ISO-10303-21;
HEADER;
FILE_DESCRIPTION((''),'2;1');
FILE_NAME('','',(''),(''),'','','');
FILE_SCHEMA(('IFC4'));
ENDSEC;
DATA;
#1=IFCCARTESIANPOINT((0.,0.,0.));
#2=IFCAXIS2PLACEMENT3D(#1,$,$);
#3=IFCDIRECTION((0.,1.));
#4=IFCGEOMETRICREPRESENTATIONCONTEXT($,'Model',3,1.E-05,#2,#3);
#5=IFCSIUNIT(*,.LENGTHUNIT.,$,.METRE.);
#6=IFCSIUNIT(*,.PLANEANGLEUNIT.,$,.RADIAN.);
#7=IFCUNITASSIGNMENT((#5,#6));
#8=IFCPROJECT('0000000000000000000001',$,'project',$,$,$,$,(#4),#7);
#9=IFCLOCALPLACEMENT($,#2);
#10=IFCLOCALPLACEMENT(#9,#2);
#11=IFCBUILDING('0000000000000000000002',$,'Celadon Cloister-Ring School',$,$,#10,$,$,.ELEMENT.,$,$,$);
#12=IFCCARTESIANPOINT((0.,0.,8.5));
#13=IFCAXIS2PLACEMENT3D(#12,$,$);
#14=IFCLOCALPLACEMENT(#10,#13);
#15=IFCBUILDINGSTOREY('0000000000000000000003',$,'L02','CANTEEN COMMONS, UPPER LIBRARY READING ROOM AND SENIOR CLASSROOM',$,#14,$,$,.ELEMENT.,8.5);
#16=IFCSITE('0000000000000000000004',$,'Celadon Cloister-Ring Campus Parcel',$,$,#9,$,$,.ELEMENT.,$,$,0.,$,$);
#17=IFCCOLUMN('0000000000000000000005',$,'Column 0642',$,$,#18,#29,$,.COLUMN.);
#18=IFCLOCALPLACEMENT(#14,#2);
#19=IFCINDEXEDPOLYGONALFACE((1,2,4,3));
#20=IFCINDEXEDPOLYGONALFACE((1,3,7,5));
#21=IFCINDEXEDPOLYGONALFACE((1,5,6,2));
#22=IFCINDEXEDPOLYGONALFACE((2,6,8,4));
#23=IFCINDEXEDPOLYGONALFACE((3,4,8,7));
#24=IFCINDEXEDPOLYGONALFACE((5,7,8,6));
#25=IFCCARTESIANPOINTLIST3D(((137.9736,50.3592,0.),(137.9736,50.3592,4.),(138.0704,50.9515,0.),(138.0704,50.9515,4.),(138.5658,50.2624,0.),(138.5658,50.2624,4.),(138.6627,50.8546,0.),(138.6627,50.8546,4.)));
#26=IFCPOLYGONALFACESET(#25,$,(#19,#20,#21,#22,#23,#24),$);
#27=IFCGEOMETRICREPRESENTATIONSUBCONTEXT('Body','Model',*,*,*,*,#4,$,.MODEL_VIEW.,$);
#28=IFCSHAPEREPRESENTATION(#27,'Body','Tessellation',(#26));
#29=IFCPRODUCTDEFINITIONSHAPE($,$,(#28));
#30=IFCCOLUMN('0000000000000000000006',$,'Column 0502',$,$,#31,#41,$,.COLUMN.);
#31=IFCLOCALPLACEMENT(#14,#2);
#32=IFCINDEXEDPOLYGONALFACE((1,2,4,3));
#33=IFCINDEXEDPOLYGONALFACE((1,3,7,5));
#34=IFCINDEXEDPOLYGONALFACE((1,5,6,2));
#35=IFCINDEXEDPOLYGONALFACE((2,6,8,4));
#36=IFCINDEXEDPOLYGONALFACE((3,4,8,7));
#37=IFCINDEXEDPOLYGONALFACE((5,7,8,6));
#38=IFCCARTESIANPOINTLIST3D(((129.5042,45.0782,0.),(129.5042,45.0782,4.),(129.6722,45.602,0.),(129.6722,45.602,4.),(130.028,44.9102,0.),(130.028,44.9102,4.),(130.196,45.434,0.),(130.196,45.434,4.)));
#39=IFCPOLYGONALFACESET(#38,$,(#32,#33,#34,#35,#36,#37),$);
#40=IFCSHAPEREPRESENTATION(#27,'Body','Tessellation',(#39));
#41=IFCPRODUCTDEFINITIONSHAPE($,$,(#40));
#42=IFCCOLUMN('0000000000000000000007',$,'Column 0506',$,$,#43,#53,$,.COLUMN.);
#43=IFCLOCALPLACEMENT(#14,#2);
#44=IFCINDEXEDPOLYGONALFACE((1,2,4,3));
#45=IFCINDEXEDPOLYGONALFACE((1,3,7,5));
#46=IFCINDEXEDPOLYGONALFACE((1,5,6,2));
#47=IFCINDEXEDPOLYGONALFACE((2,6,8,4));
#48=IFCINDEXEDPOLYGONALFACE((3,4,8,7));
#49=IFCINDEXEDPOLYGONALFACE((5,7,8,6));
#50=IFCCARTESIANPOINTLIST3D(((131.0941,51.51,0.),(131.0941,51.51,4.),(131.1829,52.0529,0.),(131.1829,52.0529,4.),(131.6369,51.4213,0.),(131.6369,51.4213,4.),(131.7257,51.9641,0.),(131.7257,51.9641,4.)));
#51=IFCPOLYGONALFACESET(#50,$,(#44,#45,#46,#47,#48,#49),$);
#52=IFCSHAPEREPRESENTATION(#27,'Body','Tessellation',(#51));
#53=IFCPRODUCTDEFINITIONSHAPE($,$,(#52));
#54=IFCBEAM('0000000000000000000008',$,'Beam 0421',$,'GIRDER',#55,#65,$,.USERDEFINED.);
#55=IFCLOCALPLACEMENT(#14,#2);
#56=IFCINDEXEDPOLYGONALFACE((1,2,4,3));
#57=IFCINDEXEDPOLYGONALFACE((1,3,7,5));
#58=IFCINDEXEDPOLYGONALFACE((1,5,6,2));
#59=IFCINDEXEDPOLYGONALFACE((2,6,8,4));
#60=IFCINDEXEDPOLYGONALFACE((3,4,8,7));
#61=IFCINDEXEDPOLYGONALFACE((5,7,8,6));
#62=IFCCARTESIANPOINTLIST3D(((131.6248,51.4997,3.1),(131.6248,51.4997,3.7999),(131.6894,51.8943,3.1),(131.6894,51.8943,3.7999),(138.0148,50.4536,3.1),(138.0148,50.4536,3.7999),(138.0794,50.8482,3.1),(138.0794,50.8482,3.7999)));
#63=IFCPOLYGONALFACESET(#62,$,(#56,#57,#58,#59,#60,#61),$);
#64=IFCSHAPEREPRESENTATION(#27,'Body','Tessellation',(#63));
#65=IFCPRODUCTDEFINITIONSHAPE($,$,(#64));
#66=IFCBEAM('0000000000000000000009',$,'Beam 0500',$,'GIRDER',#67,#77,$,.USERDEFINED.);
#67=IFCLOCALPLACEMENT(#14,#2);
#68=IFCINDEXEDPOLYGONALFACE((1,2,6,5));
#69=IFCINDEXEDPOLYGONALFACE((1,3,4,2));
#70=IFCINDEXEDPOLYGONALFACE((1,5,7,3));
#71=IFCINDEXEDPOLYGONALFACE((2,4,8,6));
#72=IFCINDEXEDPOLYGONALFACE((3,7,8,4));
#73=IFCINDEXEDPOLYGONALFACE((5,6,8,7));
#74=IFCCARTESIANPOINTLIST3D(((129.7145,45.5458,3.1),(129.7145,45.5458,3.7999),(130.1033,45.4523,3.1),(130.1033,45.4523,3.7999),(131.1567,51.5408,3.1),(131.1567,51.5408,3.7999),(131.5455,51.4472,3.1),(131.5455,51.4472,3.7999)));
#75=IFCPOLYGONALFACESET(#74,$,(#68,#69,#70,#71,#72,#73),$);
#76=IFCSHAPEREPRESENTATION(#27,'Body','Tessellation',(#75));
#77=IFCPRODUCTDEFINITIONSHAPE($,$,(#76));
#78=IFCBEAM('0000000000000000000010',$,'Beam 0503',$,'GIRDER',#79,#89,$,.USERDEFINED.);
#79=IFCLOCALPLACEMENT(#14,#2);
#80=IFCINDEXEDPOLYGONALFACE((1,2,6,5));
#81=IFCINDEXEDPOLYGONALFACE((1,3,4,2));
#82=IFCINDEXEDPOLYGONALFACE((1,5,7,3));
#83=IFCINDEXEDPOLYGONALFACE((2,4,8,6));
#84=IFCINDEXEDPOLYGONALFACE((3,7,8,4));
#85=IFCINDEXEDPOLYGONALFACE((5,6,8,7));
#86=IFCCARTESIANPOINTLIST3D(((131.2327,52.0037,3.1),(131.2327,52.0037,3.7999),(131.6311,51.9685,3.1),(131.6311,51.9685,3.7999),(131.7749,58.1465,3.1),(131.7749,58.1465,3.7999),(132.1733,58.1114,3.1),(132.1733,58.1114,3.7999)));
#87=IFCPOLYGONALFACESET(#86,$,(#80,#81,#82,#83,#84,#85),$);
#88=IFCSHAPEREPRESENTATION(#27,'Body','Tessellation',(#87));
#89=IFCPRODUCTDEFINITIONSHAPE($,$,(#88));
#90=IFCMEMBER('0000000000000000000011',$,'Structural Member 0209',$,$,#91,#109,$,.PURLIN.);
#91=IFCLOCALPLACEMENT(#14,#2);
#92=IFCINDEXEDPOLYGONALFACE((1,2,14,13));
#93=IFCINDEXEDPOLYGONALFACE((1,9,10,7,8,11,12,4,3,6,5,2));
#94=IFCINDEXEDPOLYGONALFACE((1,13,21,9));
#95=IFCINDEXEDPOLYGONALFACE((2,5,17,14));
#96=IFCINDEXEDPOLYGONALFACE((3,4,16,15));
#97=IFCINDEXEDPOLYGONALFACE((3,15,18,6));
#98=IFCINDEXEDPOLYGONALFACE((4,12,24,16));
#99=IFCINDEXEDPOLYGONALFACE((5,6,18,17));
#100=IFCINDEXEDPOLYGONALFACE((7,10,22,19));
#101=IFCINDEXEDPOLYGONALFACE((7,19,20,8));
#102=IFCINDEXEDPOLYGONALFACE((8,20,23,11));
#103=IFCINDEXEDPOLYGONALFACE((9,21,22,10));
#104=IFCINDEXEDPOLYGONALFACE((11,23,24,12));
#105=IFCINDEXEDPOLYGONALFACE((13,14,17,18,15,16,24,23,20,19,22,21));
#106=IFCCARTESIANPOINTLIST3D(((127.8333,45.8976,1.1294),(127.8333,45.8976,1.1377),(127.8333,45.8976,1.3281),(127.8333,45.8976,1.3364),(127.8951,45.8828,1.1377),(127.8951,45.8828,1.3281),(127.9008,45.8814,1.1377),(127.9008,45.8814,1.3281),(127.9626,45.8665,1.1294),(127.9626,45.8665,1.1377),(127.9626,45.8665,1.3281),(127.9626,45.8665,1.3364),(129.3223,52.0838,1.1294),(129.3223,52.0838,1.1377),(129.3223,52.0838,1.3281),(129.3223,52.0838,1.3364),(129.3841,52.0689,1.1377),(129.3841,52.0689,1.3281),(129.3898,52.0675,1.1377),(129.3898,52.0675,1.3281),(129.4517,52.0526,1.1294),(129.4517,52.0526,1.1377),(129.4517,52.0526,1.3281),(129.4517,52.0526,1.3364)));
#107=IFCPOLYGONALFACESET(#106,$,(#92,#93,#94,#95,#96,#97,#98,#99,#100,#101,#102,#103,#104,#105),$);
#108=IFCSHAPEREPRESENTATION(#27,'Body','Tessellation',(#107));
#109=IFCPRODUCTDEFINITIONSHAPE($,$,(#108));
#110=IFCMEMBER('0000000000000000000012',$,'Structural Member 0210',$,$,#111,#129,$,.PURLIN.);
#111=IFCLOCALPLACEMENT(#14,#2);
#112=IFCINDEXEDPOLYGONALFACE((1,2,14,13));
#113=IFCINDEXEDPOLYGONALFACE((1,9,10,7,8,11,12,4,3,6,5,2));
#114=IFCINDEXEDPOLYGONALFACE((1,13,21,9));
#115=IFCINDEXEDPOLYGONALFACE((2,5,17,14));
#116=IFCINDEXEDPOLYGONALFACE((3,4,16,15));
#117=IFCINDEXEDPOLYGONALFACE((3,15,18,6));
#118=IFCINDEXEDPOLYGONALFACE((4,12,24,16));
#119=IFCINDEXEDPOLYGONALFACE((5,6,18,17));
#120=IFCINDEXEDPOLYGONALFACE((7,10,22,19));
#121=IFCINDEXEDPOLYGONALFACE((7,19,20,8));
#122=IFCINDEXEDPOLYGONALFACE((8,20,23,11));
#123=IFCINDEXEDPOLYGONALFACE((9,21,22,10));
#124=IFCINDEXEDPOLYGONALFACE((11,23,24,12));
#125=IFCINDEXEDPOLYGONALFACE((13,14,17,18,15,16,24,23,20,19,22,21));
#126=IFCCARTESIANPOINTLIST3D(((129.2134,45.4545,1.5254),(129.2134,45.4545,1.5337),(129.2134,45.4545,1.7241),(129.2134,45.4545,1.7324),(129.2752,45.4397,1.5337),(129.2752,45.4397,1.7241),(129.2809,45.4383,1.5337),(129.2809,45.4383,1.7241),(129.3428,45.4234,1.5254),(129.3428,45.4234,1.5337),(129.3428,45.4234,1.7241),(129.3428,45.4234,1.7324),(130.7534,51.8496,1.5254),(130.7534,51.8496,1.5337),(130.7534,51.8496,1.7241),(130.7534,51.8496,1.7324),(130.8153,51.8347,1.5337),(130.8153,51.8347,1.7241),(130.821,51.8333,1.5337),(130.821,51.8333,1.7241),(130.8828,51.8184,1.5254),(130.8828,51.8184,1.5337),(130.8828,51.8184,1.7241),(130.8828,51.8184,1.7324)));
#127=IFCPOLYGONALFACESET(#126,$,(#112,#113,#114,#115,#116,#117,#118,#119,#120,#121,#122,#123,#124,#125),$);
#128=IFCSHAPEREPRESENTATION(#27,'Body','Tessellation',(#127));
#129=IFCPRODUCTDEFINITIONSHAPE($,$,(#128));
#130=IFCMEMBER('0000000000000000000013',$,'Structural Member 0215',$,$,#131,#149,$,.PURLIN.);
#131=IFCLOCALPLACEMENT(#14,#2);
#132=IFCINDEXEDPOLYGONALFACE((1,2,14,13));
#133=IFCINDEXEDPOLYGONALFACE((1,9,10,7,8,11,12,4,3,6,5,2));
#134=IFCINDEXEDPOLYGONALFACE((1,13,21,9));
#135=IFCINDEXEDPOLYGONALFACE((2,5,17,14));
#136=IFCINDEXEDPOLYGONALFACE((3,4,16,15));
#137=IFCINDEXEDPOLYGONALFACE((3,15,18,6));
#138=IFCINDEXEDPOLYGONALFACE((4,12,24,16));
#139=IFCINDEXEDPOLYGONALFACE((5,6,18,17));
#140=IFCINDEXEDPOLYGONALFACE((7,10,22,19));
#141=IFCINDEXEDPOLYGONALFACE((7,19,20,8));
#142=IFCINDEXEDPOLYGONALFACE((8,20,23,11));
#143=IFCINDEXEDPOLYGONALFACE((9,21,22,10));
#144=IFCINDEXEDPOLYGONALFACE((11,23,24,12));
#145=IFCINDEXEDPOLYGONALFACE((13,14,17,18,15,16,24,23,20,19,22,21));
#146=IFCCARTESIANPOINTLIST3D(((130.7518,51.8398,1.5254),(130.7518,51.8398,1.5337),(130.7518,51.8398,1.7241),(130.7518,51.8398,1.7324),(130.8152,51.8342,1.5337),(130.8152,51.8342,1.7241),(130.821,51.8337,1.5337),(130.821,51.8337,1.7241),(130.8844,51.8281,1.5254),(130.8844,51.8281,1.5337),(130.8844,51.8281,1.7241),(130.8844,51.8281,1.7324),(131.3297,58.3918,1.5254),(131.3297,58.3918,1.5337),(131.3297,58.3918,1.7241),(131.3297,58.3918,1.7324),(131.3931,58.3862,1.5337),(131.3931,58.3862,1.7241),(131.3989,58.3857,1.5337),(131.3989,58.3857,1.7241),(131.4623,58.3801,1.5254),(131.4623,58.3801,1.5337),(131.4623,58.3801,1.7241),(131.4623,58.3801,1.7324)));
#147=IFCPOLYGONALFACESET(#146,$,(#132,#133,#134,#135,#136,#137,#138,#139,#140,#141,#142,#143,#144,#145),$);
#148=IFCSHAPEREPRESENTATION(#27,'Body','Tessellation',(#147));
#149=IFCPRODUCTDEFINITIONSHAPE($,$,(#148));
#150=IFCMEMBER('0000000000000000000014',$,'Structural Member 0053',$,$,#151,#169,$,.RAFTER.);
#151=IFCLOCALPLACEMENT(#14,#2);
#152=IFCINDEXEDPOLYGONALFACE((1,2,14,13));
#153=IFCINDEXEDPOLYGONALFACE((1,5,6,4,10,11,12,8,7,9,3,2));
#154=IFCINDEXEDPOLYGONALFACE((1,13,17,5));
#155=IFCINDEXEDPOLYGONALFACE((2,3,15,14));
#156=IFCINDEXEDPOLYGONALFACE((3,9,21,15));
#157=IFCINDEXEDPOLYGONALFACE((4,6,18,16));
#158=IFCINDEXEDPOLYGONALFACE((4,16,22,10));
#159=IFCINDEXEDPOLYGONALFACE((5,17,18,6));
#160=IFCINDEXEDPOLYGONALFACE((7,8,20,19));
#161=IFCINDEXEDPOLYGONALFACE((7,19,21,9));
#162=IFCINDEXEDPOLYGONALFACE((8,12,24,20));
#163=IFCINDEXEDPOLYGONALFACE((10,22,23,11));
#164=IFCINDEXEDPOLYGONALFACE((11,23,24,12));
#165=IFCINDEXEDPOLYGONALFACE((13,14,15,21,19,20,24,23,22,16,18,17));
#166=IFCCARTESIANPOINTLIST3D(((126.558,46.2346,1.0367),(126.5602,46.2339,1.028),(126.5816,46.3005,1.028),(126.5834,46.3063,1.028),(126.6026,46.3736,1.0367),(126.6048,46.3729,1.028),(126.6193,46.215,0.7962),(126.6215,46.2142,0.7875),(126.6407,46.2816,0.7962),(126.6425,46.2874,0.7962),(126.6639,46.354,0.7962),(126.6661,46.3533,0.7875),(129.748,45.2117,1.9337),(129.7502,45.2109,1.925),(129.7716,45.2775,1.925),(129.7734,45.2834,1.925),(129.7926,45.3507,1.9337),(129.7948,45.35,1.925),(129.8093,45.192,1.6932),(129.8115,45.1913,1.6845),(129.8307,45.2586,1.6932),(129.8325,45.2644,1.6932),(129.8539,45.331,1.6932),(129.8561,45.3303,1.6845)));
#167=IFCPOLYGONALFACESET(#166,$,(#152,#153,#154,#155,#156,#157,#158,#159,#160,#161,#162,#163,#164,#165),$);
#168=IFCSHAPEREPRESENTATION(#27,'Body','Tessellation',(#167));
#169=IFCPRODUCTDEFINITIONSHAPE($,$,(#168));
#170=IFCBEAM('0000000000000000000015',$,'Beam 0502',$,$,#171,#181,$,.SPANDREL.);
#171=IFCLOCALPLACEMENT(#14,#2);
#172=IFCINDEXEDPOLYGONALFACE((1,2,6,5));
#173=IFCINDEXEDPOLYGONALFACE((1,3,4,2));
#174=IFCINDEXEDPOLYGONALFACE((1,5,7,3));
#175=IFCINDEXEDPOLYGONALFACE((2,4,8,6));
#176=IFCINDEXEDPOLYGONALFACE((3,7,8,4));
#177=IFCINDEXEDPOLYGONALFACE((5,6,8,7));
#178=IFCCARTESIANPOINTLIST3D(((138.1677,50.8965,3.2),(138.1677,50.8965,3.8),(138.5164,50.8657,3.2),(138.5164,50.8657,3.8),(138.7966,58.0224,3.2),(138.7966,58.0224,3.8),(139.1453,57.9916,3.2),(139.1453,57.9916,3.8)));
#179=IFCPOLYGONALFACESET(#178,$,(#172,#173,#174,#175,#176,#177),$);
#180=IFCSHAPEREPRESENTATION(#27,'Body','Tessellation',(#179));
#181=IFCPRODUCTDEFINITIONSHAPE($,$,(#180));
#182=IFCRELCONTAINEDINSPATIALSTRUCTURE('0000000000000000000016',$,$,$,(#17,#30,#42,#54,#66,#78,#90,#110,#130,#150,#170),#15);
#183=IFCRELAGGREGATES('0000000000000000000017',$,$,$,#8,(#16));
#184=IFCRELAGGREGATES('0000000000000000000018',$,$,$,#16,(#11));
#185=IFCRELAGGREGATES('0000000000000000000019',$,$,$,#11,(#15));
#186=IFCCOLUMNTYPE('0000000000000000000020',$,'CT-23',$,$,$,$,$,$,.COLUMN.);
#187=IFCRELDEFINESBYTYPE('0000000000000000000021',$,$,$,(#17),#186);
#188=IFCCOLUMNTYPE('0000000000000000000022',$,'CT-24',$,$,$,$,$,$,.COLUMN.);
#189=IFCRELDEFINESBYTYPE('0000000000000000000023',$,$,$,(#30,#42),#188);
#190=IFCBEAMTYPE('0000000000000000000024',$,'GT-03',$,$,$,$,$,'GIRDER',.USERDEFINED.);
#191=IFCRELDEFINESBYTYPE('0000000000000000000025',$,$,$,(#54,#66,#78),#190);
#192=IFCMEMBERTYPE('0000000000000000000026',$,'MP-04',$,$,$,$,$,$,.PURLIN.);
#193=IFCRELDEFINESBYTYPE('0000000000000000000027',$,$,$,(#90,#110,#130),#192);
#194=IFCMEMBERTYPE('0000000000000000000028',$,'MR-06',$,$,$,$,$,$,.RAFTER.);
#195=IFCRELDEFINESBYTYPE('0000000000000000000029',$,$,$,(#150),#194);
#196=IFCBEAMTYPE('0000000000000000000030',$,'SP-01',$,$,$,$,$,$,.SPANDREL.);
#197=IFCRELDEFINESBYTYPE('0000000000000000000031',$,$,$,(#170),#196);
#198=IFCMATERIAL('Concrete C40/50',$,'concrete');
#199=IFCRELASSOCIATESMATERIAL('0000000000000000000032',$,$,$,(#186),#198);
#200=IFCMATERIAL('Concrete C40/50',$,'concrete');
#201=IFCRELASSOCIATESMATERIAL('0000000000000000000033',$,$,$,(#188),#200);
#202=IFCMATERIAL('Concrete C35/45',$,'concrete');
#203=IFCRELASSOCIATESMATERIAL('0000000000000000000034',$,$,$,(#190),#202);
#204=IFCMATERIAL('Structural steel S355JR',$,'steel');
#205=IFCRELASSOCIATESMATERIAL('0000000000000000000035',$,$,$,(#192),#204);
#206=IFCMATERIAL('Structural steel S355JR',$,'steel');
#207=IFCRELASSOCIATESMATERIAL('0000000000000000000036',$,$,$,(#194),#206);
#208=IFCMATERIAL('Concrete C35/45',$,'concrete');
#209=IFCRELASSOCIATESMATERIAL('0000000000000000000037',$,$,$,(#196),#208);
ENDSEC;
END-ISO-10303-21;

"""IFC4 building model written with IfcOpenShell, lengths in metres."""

from ifc_helpers import new_model, si_unit, direction, frame, origin, origin_2d, place, context, subcontext, project, spatial, rectangle, i_section, extrude, material, material_profile, profile_set, type_object, element, save


model = new_model("IFC4")

# Units and contexts
model_context = context("Model", 3, precision=1e-05, world=origin(), true_north=direction((0.0, 1.0)))
body_context = subcontext(model_context, "Body", "Model", "MODEL_VIEW")
ifc_project = project(units=[si_unit("LENGTHUNIT", "METRE"), si_unit("PLANEANGLEUNIT", "RADIAN")], contexts=[model_context])

# Site, building, storey
site_placement = place(None, origin())
site = spatial("IfcSite", under=ifc_project, at=site_placement, Name="Celadon Cloister-Ring Campus Parcel", CompositionType="ELEMENT", RefElevation=0.0)
building_placement = place(site_placement, origin())
building = spatial("IfcBuilding", under=site, at=building_placement, Name="Celadon Cloister-Ring School", CompositionType="ELEMENT")
storey_placement = place(building_placement, frame((0.0, 0.0, 8.5)))
storey = spatial("IfcBuildingStorey", under=building, at=storey_placement, Name="L02", Description="CANTEEN COMMONS, UPPER LIBRARY READING ROOM AND SENIOR CLASSROOM", CompositionType="ELEMENT", Elevation=8.5)

# Columns
ifc_material_1 = material(Name="Concrete C40/50", Category="concrete")
ifc_material_profile_1 = material_profile(ifc_material_1, rectangle(XDim=0.6001, YDim=0.6001, at=origin_2d()), Name="RC600X600")
ifc_profile_set_1 = profile_set([ifc_material_profile_1], Name="Concrete C40/50")
column_type_1 = type_object("IfcColumnType", Name="CT-23", PredefinedType="COLUMN", material=ifc_profile_set_1)
column_placement = place(storey_placement, frame((138.3181, 50.6069, 0.0), z_axis=(0.0, 0.0, 1.0), x_axis=(0.98689, -0.161397, 0.0)))
element("IfcColumn", 1, at=column_placement, inside=storey, type_object=column_type_1, Name="Column 0642", PredefinedType="COLUMN", context=body_context, shape_type="SweptSolid", body=[
    extrude(rectangle(XDim=0.6001, YDim=0.6001, at=origin_2d()), origin(), (0.0, 0.0, 1.0), 4.0),
])
ifc_material_2 = material(Name="Concrete C40/50", Category="concrete")
ifc_material_profile_2 = material_profile(ifc_material_2, rectangle(XDim=0.55, YDim=0.55, at=origin_2d()), Name="RC550X550")
ifc_profile_set_2 = profile_set([ifc_material_profile_2], Name="Concrete C40/50")
column_type_2 = type_object("IfcColumnType", Name="CT-24", PredefinedType="COLUMN", material=ifc_profile_set_2)
for number, where, z_axis, x_axis, name in (
    (2, (129.8501, 45.2561, 0.0), (0.0, 0.0, 1.0), (0.952215, -0.305429, 0.0), "Column 0502"),
    (3, (131.4099, 51.7371, 0.0), (0.0, 0.0, 1.0), (0.98689, -0.161397, 0.0), "Column 0506"),
):
    element("IfcColumn", number, at=place(storey_placement, frame(where, z_axis=z_axis, x_axis=x_axis)), inside=storey, type_object=column_type_2, Name=name, PredefinedType="COLUMN", context=body_context, shape_type="SweptSolid", body=[
        extrude(rectangle(XDim=0.55, YDim=0.55, at=origin_2d()), origin(), (0.0, 0.0, 1.0), 4.0),
    ])

# Beams
ifc_material_3 = material(Name="Concrete C35/45", Category="concrete")
ifc_material_profile_3 = material_profile(ifc_material_3, rectangle(XDim=0.3999, YDim=0.7, at=origin_2d()), Name="RC400X700")
ifc_profile_set_3 = profile_set([ifc_material_profile_3], Name="Concrete C35/45")
beam_type_1 = type_object("IfcBeamType", Name="GT-03", ElementType="GIRDER", PredefinedType="USERDEFINED", material=ifc_profile_set_3)
beam_1_placement = place(storey_placement, frame((138.0471, 50.6509, 3.45), z_axis=(-0.986863, 0.161561, 0.0), x_axis=(-0.161561, -0.986863, 0.0)))
element("IfcBeam", 4, at=beam_1_placement, inside=storey, type_object=beam_type_1, Name="Beam 0421", ObjectType="GIRDER", PredefinedType="USERDEFINED", context=body_context, shape_type="SweptSolid", body=[
    extrude(rectangle(XDim=0.3999, YDim=0.7, at=origin_2d()), origin(), (0.0, 0.0, 1.0), 6.4751),
])
beam_2_placement = place(storey_placement, frame((129.9089, 45.499, 3.45), z_axis=(0.23389, 0.972263, 0.0), x_axis=(-0.972263, 0.23389, 0.0)))
element("IfcBeam", 5, at=beam_2_placement, inside=storey, type_object=beam_type_1, Name="Beam 0500", ObjectType="GIRDER", PredefinedType="USERDEFINED", context=body_context, shape_type="SweptSolid", body=[
    extrude(rectangle(XDim=0.3999, YDim=0.7, at=origin_2d()), origin(), (0.0, 0.0, 1.0), 6.166),
])
beam_3_placement = place(storey_placement, frame((131.4319, 51.9861, 3.45), z_axis=(0.08793, 0.996127, 0.0), x_axis=(-0.996127, 0.08793, 0.0)))
element("IfcBeam", 6, at=beam_3_placement, inside=storey, type_object=beam_type_1, Name="Beam 0503", ObjectType="GIRDER", PredefinedType="USERDEFINED", context=body_context, shape_type="SweptSolid", body=[
    extrude(rectangle(XDim=0.3999, YDim=0.7, at=origin_2d()), origin(), (0.0, 0.0, 1.0), 6.1667),
])

# Members
ifc_material_4 = material(Name="Structural steel S355JR", Category="steel")
ifc_material_profile_4 = material_profile(ifc_material_4, i_section(OverallWidth=0.1331, OverallDepth=0.207, WebThickness=0.0059, FlangeThickness=0.0083, at=origin_2d()), Name="W200X27")
ifc_profile_set_4 = profile_set([ifc_material_profile_4], Name="Structural steel S355JR")
member_type_1 = type_object("IfcMemberType", Name="MP-04", PredefinedType="PURLIN", material=ifc_profile_set_4)
member_1_placement = place(storey_placement, frame((127.8979, 45.8821, 1.2329), z_axis=(0.234022, 0.972231, 0.0), x_axis=(-0.972231, 0.234022, 0.0)))
element("IfcMember", 7, at=member_1_placement, inside=storey, type_object=member_type_1, Name="Structural Member 0209", PredefinedType="PURLIN", context=body_context, shape_type="SweptSolid", body=[
    extrude(i_section(OverallWidth=0.1331, OverallDepth=0.207, WebThickness=0.0059, FlangeThickness=0.0083, at=origin_2d()), origin(), (0.0, 0.0, 1.0), 6.3628),
])
member_2_placement = place(storey_placement, frame((129.2781, 45.439, 1.6289), z_axis=(0.234125, 0.972206, 0.0), x_axis=(-0.972206, 0.234125, 0.0)))
element("IfcMember", 8, at=member_2_placement, inside=storey, type_object=member_type_1, Name="Structural Member 0210", PredefinedType="PURLIN", context=body_context, shape_type="SweptSolid", body=[
    extrude(i_section(OverallWidth=0.1331, OverallDepth=0.207, WebThickness=0.0059, FlangeThickness=0.0083, at=origin_2d()), origin(), (0.0, 0.0, 1.0), 6.5779),
])
member_3_placement = place(storey_placement, frame((130.8181, 51.834, 1.6289), z_axis=(0.087858, 0.996133, 0.0), x_axis=(-0.996133, 0.087858, 0.0)))
element("IfcMember", 9, at=member_3_placement, inside=storey, type_object=member_type_1, Name="Structural Member 0215", PredefinedType="PURLIN", context=body_context, shape_type="SweptSolid", body=[
    extrude(i_section(OverallWidth=0.1331, OverallDepth=0.207, WebThickness=0.0059, FlangeThickness=0.0083, at=origin_2d()), origin(), (0.0, 0.0, 1.0), 6.5774),
])
ifc_material_5 = material(Name="Structural steel S355JR", Category="steel")
ifc_material_profile_5 = material_profile(ifc_material_5, i_section(OverallWidth=0.146, OverallDepth=0.2581, WebThickness=0.0061, FlangeThickness=0.009, at=origin_2d()), Name="W250X33")
ifc_profile_set_5 = profile_set([ifc_material_profile_5], Name="Structural steel S355JR")
member_type_2 = type_object("IfcMemberType", Name="MR-06", PredefinedType="RAFTER", material=ifc_profile_set_5)
member_4_placement = place(storey_placement, frame((126.6121, 46.2939, 0.9121), z_axis=(0.919834, -0.294972, 0.258646), x_axis=(0.305363, 0.952236, 0.0)))
element("IfcMember", 10, at=member_4_placement, inside=storey, type_object=member_type_2, Name="Structural Member 0053", PredefinedType="RAFTER", context=body_context, shape_type="SweptSolid", body=[
    extrude(i_section(OverallWidth=0.146, OverallDepth=0.2581, WebThickness=0.0061, FlangeThickness=0.009, at=origin_2d()), origin(), (0.0, 0.0, 1.0), 3.468),
])

# Beam
ifc_material_6 = material(Name="Concrete C35/45", Category="concrete")
ifc_material_profile_6 = material_profile(ifc_material_6, rectangle(XDim=0.3501, YDim=0.6001, at=origin_2d()), Name="RC350X600")
ifc_profile_set_6 = profile_set([ifc_material_profile_6], Name="Concrete C35/45")
beam_type_2 = type_object("IfcBeamType", Name="SP-01", PredefinedType="SPANDREL", material=ifc_profile_set_6)
beam_4_placement = place(storey_placement, frame((138.342, 50.8811, 3.5), z_axis=(0.087914, 0.996128, 0.0), x_axis=(-0.996128, 0.087914, 0.0)))
element("IfcBeam", 11, at=beam_4_placement, inside=storey, type_object=beam_type_2, Name="Beam 0502", PredefinedType="SPANDREL", context=body_context, shape_type="SweptSolid", body=[
    extrude(rectangle(XDim=0.3501, YDim=0.6001, at=origin_2d()), origin(), (0.0, 0.0, 1.0), 7.1536),
])

save(model, "model.ifc")
